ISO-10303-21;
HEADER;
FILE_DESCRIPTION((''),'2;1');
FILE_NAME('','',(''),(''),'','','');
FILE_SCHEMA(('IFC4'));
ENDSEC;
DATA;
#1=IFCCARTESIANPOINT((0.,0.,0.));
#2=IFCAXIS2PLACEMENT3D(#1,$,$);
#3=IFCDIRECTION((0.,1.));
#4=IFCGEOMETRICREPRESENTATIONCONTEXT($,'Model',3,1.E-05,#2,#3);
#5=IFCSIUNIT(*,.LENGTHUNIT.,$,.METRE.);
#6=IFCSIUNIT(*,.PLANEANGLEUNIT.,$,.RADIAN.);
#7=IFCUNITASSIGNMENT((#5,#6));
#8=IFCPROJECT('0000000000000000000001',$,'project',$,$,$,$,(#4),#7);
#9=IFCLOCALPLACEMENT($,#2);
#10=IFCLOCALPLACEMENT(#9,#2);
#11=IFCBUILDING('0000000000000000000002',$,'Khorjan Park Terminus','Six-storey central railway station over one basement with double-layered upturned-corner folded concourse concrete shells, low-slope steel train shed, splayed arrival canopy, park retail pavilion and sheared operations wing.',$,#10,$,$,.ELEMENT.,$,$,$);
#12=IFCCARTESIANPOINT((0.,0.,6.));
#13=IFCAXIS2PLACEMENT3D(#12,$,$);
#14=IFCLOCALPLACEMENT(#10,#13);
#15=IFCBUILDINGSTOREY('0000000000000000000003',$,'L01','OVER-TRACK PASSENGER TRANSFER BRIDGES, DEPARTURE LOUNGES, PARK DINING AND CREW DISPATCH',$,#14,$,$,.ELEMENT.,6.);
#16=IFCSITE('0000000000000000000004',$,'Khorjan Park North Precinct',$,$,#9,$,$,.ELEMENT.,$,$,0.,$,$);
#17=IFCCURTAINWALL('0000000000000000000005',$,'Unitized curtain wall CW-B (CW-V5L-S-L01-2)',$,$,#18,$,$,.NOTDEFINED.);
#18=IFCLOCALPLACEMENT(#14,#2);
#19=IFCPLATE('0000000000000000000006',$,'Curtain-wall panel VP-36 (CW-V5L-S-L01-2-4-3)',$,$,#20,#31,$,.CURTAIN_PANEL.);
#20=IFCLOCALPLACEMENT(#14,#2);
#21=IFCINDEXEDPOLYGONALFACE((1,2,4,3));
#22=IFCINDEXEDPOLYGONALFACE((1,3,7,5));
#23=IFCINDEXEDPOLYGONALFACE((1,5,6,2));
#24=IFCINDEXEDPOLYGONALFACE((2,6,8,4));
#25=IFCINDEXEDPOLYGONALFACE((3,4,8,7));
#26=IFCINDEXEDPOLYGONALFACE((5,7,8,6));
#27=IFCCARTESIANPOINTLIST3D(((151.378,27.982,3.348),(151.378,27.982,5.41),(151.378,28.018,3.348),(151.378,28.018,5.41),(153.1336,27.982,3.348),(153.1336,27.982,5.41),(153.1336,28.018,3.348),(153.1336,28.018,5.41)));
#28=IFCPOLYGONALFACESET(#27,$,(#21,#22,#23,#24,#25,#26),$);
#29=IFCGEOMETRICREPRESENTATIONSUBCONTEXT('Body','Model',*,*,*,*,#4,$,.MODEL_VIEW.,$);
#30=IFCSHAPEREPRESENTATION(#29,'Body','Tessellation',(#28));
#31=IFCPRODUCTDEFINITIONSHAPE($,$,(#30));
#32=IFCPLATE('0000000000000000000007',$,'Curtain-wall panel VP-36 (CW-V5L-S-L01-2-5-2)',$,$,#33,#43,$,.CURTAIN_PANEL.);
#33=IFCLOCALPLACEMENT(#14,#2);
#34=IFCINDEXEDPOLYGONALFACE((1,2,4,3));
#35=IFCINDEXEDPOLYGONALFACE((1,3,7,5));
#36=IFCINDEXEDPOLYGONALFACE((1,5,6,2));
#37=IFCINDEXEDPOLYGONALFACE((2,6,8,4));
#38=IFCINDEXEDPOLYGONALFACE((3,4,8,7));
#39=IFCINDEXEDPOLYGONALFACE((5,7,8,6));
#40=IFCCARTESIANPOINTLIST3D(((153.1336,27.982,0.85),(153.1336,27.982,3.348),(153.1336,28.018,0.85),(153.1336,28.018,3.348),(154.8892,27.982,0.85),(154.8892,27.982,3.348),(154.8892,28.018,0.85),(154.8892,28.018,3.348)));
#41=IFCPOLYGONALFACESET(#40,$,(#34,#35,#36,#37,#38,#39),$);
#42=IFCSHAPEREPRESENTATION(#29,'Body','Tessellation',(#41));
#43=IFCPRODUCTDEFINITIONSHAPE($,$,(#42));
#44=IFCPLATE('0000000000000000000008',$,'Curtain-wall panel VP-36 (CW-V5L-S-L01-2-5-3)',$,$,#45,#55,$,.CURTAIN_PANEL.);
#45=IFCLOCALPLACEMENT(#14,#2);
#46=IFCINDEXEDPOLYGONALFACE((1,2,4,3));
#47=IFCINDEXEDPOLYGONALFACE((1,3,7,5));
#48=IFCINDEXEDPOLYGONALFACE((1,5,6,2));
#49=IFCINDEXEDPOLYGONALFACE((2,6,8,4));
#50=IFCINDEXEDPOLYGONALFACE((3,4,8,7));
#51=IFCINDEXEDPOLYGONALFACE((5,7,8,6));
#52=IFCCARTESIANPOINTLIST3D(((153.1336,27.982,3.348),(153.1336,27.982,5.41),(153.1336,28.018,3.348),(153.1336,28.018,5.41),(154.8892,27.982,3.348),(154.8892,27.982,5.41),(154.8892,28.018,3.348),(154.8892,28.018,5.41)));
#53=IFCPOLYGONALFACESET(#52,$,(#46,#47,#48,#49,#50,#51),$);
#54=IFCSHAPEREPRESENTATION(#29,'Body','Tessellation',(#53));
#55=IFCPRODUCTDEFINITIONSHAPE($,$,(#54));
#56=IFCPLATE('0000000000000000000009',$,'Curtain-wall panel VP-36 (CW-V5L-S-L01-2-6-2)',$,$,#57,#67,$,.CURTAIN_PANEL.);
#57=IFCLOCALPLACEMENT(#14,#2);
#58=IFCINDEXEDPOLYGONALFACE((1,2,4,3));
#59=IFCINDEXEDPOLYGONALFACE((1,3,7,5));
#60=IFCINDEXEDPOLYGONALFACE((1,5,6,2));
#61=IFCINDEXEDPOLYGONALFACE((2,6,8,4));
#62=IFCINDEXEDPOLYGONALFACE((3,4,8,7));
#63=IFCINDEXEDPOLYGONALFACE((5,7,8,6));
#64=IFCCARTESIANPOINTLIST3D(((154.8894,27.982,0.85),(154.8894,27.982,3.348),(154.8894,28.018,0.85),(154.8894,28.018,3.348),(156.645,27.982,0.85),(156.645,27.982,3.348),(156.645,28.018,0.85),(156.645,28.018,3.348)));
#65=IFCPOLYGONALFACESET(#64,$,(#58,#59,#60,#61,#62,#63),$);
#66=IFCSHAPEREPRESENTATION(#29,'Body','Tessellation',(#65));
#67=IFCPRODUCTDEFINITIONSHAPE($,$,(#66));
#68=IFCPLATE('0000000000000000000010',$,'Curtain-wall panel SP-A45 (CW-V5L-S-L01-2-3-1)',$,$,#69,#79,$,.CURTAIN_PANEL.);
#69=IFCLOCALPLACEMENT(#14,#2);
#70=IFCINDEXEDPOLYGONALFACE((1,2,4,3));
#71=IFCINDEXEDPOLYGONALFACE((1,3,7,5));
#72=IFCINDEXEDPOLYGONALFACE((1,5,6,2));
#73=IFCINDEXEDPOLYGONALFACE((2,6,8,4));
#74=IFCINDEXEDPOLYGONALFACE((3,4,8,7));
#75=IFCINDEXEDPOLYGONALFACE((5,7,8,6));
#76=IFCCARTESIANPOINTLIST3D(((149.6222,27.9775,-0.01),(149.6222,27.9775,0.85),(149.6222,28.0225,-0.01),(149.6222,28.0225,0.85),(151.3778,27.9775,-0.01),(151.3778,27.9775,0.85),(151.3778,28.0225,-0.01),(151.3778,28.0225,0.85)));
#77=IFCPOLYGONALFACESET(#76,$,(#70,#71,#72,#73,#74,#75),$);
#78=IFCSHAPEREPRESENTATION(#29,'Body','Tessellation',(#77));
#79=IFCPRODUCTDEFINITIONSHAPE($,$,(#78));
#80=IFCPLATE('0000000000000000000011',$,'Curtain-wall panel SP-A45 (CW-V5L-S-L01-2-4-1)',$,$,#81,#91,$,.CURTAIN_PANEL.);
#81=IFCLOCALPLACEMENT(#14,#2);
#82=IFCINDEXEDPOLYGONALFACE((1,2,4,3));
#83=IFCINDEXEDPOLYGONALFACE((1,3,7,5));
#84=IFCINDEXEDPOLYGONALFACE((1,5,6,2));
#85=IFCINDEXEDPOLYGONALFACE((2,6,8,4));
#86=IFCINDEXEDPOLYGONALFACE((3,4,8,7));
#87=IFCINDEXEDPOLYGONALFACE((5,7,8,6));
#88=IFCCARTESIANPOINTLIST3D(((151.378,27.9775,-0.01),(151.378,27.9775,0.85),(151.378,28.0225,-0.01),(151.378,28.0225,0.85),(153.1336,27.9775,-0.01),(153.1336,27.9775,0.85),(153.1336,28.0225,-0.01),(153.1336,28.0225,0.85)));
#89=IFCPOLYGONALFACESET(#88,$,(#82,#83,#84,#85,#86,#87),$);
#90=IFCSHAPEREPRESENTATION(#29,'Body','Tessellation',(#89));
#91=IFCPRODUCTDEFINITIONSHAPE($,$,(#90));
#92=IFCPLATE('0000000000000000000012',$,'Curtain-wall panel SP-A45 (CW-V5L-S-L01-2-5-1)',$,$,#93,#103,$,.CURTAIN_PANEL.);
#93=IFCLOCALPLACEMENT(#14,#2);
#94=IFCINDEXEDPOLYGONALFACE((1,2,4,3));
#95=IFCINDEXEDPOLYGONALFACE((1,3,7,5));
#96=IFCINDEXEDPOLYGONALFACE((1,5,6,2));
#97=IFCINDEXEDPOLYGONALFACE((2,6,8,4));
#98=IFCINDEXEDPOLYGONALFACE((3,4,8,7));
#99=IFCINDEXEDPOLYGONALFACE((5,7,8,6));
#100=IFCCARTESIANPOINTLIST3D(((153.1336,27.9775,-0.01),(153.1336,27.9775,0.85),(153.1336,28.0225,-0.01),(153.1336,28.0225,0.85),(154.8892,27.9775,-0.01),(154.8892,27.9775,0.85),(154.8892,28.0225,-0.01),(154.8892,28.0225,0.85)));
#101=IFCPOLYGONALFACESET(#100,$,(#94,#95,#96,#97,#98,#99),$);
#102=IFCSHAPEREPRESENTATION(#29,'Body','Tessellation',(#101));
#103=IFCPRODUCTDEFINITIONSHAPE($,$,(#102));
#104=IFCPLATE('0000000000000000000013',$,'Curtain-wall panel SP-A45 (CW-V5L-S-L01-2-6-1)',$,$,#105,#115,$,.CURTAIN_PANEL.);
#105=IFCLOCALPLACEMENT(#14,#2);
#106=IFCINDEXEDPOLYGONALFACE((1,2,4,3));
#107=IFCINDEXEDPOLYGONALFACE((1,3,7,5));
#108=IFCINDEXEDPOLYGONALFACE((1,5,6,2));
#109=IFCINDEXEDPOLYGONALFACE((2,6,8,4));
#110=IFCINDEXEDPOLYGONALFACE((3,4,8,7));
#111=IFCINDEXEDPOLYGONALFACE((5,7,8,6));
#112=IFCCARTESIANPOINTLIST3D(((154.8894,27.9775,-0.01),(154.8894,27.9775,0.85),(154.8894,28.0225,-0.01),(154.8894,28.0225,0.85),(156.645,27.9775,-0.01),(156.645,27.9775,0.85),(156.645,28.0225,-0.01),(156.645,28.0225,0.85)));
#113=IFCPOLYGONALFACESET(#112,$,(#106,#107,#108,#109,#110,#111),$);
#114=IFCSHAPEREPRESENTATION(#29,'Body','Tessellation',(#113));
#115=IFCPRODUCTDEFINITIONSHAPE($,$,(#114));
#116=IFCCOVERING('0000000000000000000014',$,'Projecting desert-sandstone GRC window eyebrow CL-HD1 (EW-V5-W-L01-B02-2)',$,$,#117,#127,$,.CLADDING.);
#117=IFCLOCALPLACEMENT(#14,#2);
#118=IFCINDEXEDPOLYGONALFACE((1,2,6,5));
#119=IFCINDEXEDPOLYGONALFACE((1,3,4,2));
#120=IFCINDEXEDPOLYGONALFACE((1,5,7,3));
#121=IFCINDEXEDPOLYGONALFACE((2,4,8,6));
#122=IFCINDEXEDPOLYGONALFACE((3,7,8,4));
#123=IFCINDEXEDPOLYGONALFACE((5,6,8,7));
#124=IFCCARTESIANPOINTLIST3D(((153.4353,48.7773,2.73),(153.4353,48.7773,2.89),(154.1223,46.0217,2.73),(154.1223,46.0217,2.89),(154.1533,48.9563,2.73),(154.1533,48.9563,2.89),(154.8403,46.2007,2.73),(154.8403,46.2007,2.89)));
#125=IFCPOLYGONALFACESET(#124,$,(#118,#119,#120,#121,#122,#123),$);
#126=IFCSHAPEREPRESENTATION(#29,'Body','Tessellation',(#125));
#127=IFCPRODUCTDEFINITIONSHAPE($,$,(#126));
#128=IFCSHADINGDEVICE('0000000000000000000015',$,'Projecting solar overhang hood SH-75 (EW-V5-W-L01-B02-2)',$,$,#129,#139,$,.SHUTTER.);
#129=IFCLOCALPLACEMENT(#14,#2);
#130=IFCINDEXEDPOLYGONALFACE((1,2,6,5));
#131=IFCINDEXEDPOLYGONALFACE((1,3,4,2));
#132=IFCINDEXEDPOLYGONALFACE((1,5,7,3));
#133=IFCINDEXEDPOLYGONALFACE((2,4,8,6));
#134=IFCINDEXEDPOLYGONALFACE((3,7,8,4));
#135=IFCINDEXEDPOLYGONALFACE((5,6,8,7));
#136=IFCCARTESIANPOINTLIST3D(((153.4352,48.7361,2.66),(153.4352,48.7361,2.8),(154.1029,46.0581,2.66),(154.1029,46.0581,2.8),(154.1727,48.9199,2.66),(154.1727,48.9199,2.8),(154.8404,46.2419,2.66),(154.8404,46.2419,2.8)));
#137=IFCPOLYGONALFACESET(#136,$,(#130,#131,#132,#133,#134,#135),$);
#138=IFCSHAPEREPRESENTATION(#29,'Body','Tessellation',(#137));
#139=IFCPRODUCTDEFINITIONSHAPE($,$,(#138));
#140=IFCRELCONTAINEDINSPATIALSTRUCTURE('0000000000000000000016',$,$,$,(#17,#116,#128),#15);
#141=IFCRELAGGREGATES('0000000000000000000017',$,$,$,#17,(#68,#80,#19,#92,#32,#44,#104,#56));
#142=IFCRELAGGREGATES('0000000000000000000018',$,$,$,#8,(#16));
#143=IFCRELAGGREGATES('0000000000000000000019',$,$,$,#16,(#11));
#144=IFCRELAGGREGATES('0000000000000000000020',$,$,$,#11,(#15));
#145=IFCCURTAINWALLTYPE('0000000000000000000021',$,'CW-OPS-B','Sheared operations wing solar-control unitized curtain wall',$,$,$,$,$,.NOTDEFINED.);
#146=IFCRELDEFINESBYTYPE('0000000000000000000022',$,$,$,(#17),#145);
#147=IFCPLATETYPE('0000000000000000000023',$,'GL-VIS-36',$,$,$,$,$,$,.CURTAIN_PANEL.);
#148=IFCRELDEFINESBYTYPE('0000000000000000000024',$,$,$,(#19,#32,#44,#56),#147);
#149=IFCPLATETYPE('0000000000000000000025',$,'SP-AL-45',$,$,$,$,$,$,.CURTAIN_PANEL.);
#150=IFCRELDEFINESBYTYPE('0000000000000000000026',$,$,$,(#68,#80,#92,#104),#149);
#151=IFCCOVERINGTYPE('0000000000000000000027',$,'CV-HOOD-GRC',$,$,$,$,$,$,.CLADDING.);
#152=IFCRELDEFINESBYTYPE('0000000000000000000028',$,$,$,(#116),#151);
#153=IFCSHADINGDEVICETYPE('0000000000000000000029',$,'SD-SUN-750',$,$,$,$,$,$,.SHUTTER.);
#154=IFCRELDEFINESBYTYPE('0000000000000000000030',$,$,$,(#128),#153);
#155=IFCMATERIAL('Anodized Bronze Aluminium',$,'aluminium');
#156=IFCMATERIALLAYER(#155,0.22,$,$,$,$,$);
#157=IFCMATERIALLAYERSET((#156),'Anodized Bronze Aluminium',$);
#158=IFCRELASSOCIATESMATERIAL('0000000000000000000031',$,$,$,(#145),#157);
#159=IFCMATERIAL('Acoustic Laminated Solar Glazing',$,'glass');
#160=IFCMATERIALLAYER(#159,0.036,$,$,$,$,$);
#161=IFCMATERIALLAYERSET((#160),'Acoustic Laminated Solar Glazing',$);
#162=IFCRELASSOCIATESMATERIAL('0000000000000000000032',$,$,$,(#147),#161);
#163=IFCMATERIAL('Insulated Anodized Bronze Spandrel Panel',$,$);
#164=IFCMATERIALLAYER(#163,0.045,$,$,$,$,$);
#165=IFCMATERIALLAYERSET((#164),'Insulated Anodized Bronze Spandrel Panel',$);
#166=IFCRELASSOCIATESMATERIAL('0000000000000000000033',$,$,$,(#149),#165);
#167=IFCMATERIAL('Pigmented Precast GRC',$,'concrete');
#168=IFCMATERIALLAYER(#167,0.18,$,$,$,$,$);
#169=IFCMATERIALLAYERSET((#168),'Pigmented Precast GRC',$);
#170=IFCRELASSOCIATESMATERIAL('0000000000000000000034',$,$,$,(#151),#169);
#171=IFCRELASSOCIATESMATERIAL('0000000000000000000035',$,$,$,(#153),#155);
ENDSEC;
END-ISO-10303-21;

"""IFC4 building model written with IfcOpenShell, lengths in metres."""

from ifc_helpers import new_model, si_unit, direction, frame, origin, origin_2d, place, context, subcontext, project, spatial, rectangle, extrude, material, layer, layer_set, type_object, element, aggregate, save


model = new_model("IFC4")

# Units and contexts
model_context = context("Model", 3, precision=1e-05, world=origin(), true_north=direction((0.0, 1.0)))
body_context = subcontext(model_context, "Body", "Model", "MODEL_VIEW")
ifc_project = project(units=[si_unit("LENGTHUNIT", "METRE"), si_unit("PLANEANGLEUNIT", "RADIAN")], contexts=[model_context])

# Site, building, storey
site_placement = place(None, origin())
site = spatial("IfcSite", under=ifc_project, at=site_placement, Name="Khorjan Park North Precinct", CompositionType="ELEMENT", RefElevation=0.0)
building_placement = place(site_placement, origin())
building = spatial("IfcBuilding", under=site, at=building_placement, Name="Khorjan Park Terminus", Description="Six-storey central railway station over one basement with double-layered upturned-corner folded concourse concrete shells, low-slope steel train shed, splayed arrival canopy, park retail pavilion and sheared operations wing.", CompositionType="ELEMENT")
storey_placement = place(building_placement, frame((0.0, 0.0, 6.0)))
storey = spatial("IfcBuildingStorey", under=building, at=storey_placement, Name="L01", Description="OVER-TRACK PASSENGER TRANSFER BRIDGES, DEPARTURE LOUNGES, PARK DINING AND CREW DISPATCH", CompositionType="ELEMENT", Elevation=6.0)

# Curtain wall, plates
ifc_material_1 = material(Name="Anodized Bronze Aluminium", Category="aluminium")
ifc_layer_1 = layer(ifc_material_1, 0.22)
ifc_layer_set_1 = layer_set([ifc_layer_1], Name="Anodized Bronze Aluminium")
curtain_wall_type = type_object("IfcCurtainWallType", Name="CW-OPS-B", Description="Sheared operations wing solar-control unitized curtain wall", PredefinedType="NOTDEFINED", material=ifc_layer_set_1)
curtain_wall_placement = place(storey_placement, origin())
curtain_wall = element("IfcCurtainWall", 1, at=curtain_wall_placement, inside=storey, type_object=curtain_wall_type, Name="Unitized curtain wall CW-B (CW-V5L-S-L01-2)", PredefinedType="NOTDEFINED")
ifc_material_2 = material(Name="Acoustic Laminated Solar Glazing", Category="glass")
ifc_layer_2 = layer(ifc_material_2, 0.036)
ifc_layer_set_2 = layer_set([ifc_layer_2], Name="Acoustic Laminated Solar Glazing")
plate_type_1 = type_object("IfcPlateType", Name="GL-VIS-36", PredefinedType="CURTAIN_PANEL", material=ifc_layer_set_2)
plate_1_placement = place(storey_placement, frame((152.2558, 28.0, 3.348), z_axis=(0.0, 0.0, 1.0), x_axis=(1.0, 0.0, 0.0)))
plate_1 = element("IfcPlate", 2, at=plate_1_placement, type_object=plate_type_1, Name="Curtain-wall panel VP-36 (CW-V5L-S-L01-2-4-3)", PredefinedType="CURTAIN_PANEL", context=body_context, shape_type="SweptSolid", body=[
    extrude(rectangle(XDim=1.7557, YDim=0.036, at=origin_2d()), origin(), (0.0, 0.0, 1.0), 2.062),
])
plate_2_placement = place(storey_placement, frame((154.0114, 28.0, 0.85), z_axis=(0.0, 0.0, 1.0), x_axis=(1.0, 0.0, 0.0)))
plate_2 = element("IfcPlate", 3, at=plate_2_placement, type_object=plate_type_1, Name="Curtain-wall panel VP-36 (CW-V5L-S-L01-2-5-2)", PredefinedType="CURTAIN_PANEL", context=body_context, shape_type="SweptSolid", body=[
    extrude(rectangle(XDim=1.7557, YDim=0.036, at=origin_2d()), origin(), (0.0, 0.0, 1.0), 2.498),
])
plate_3_placement = place(storey_placement, frame((154.0114, 28.0, 3.348), z_axis=(0.0, 0.0, 1.0), x_axis=(1.0, 0.0, 0.0)))
plate_3 = element("IfcPlate", 4, at=plate_3_placement, type_object=plate_type_1, Name="Curtain-wall panel VP-36 (CW-V5L-S-L01-2-5-3)", PredefinedType="CURTAIN_PANEL", context=body_context, shape_type="SweptSolid", body=[
    extrude(rectangle(XDim=1.7557, YDim=0.036, at=origin_2d()), origin(), (0.0, 0.0, 1.0), 2.062),
])
plate_4_placement = place(storey_placement, frame((155.7672, 28.0, 0.85), z_axis=(0.0, 0.0, 1.0), x_axis=(1.0, 0.0, 0.0)))
plate_4 = element("IfcPlate", 5, at=plate_4_placement, type_object=plate_type_1, Name="Curtain-wall panel VP-36 (CW-V5L-S-L01-2-6-2)", PredefinedType="CURTAIN_PANEL", context=body_context, shape_type="SweptSolid", body=[
    extrude(rectangle(XDim=1.7557, YDim=0.036, at=origin_2d()), origin(), (0.0, 0.0, 1.0), 2.498),
])
ifc_material_3 = material(Name="Insulated Anodized Bronze Spandrel Panel")
ifc_layer_3 = layer(ifc_material_3, 0.045)
ifc_layer_set_3 = layer_set([ifc_layer_3], Name="Insulated Anodized Bronze Spandrel Panel")
plate_type_2 = type_object("IfcPlateType", Name="SP-AL-45", PredefinedType="CURTAIN_PANEL", material=ifc_layer_set_3)
plate_5_placement = place(storey_placement, frame((150.5, 28.0, -0.01), z_axis=(0.0, 0.0, 1.0), x_axis=(1.0, 0.0, 0.0)))
plate_5 = element("IfcPlate", 6, at=plate_5_placement, type_object=plate_type_2, Name="Curtain-wall panel SP-A45 (CW-V5L-S-L01-2-3-1)", PredefinedType="CURTAIN_PANEL", context=body_context, shape_type="SweptSolid", body=[
    extrude(rectangle(XDim=1.7557, YDim=0.045, at=origin_2d()), origin(), (0.0, 0.0, 1.0), 0.86),
])
plate_6_placement = place(storey_placement, frame((152.2558, 28.0, -0.01), z_axis=(0.0, 0.0, 1.0), x_axis=(1.0, 0.0, 0.0)))
plate_6 = element("IfcPlate", 7, at=plate_6_placement, type_object=plate_type_2, Name="Curtain-wall panel SP-A45 (CW-V5L-S-L01-2-4-1)", PredefinedType="CURTAIN_PANEL", context=body_context, shape_type="SweptSolid", body=[
    extrude(rectangle(XDim=1.7557, YDim=0.045, at=origin_2d()), origin(), (0.0, 0.0, 1.0), 0.86),
])
plate_7_placement = place(storey_placement, frame((154.0114, 28.0, -0.01), z_axis=(0.0, 0.0, 1.0), x_axis=(1.0, 0.0, 0.0)))
plate_7 = element("IfcPlate", 8, at=plate_7_placement, type_object=plate_type_2, Name="Curtain-wall panel SP-A45 (CW-V5L-S-L01-2-5-1)", PredefinedType="CURTAIN_PANEL", context=body_context, shape_type="SweptSolid", body=[
    extrude(rectangle(XDim=1.7557, YDim=0.045, at=origin_2d()), origin(), (0.0, 0.0, 1.0), 0.86),
])
plate_8_placement = place(storey_placement, frame((155.7672, 28.0, -0.01), z_axis=(0.0, 0.0, 1.0), x_axis=(1.0, 0.0, 0.0)))
plate_8 = element("IfcPlate", 9, at=plate_8_placement, type_object=plate_type_2, Name="Curtain-wall panel SP-A45 (CW-V5L-S-L01-2-6-1)", PredefinedType="CURTAIN_PANEL", context=body_context, shape_type="SweptSolid", body=[
    extrude(rectangle(XDim=1.7557, YDim=0.045, at=origin_2d()), origin(), (0.0, 0.0, 1.0), 0.86),
])
aggregate(curtain_wall, [plate_5, plate_6, plate_1, plate_7, plate_2, plate_3, plate_8, plate_4])

# Covering
ifc_material_4 = material(Name="Pigmented Precast GRC", Category="concrete")
ifc_layer_4 = layer(ifc_material_4, 0.18)
ifc_layer_set_4 = layer_set([ifc_layer_4], Name="Pigmented Precast GRC")
covering_type = type_object("IfcCoveringType", Name="CV-HOOD-GRC", PredefinedType="CLADDING", material=ifc_layer_set_4)
covering_placement = place(storey_placement, frame((154.1378, 47.489, 2.73), z_axis=(0.0, 0.0, 1.0), x_axis=(0.241922, -0.970296, 0.0)))
element("IfcCovering", 10, at=covering_placement, inside=storey, type_object=covering_type, Name="Projecting desert-sandstone GRC window eyebrow CL-HD1 (EW-V5-W-L01-B02-2)", PredefinedType="CLADDING", context=body_context, shape_type="SweptSolid", body=[
    extrude(rectangle(XDim=2.84, YDim=0.74, at=origin_2d()), origin(), (0.0, 0.0, 1.0), 0.16),
])

# Shading device
shading_device_type = type_object("IfcShadingDeviceType", Name="SD-SUN-750", PredefinedType="SHUTTER", material=ifc_material_1)
shading_device_placement = place(storey_placement, frame((154.1378, 47.489, 2.66), z_axis=(0.0, 0.0, 1.0), x_axis=(0.241922, -0.970296, 0.0)))
element("IfcShadingDevice", 11, at=shading_device_placement, inside=storey, type_object=shading_device_type, Name="Projecting solar overhang hood SH-75 (EW-V5-W-L01-B02-2)", PredefinedType="SHUTTER", context=body_context, shape_type="SweptSolid", body=[
    extrude(rectangle(XDim=2.76, YDim=0.76, at=origin_2d()), origin(), (0.0, 0.0, 1.0), 0.14),
])

save(model, "model.ifc")
